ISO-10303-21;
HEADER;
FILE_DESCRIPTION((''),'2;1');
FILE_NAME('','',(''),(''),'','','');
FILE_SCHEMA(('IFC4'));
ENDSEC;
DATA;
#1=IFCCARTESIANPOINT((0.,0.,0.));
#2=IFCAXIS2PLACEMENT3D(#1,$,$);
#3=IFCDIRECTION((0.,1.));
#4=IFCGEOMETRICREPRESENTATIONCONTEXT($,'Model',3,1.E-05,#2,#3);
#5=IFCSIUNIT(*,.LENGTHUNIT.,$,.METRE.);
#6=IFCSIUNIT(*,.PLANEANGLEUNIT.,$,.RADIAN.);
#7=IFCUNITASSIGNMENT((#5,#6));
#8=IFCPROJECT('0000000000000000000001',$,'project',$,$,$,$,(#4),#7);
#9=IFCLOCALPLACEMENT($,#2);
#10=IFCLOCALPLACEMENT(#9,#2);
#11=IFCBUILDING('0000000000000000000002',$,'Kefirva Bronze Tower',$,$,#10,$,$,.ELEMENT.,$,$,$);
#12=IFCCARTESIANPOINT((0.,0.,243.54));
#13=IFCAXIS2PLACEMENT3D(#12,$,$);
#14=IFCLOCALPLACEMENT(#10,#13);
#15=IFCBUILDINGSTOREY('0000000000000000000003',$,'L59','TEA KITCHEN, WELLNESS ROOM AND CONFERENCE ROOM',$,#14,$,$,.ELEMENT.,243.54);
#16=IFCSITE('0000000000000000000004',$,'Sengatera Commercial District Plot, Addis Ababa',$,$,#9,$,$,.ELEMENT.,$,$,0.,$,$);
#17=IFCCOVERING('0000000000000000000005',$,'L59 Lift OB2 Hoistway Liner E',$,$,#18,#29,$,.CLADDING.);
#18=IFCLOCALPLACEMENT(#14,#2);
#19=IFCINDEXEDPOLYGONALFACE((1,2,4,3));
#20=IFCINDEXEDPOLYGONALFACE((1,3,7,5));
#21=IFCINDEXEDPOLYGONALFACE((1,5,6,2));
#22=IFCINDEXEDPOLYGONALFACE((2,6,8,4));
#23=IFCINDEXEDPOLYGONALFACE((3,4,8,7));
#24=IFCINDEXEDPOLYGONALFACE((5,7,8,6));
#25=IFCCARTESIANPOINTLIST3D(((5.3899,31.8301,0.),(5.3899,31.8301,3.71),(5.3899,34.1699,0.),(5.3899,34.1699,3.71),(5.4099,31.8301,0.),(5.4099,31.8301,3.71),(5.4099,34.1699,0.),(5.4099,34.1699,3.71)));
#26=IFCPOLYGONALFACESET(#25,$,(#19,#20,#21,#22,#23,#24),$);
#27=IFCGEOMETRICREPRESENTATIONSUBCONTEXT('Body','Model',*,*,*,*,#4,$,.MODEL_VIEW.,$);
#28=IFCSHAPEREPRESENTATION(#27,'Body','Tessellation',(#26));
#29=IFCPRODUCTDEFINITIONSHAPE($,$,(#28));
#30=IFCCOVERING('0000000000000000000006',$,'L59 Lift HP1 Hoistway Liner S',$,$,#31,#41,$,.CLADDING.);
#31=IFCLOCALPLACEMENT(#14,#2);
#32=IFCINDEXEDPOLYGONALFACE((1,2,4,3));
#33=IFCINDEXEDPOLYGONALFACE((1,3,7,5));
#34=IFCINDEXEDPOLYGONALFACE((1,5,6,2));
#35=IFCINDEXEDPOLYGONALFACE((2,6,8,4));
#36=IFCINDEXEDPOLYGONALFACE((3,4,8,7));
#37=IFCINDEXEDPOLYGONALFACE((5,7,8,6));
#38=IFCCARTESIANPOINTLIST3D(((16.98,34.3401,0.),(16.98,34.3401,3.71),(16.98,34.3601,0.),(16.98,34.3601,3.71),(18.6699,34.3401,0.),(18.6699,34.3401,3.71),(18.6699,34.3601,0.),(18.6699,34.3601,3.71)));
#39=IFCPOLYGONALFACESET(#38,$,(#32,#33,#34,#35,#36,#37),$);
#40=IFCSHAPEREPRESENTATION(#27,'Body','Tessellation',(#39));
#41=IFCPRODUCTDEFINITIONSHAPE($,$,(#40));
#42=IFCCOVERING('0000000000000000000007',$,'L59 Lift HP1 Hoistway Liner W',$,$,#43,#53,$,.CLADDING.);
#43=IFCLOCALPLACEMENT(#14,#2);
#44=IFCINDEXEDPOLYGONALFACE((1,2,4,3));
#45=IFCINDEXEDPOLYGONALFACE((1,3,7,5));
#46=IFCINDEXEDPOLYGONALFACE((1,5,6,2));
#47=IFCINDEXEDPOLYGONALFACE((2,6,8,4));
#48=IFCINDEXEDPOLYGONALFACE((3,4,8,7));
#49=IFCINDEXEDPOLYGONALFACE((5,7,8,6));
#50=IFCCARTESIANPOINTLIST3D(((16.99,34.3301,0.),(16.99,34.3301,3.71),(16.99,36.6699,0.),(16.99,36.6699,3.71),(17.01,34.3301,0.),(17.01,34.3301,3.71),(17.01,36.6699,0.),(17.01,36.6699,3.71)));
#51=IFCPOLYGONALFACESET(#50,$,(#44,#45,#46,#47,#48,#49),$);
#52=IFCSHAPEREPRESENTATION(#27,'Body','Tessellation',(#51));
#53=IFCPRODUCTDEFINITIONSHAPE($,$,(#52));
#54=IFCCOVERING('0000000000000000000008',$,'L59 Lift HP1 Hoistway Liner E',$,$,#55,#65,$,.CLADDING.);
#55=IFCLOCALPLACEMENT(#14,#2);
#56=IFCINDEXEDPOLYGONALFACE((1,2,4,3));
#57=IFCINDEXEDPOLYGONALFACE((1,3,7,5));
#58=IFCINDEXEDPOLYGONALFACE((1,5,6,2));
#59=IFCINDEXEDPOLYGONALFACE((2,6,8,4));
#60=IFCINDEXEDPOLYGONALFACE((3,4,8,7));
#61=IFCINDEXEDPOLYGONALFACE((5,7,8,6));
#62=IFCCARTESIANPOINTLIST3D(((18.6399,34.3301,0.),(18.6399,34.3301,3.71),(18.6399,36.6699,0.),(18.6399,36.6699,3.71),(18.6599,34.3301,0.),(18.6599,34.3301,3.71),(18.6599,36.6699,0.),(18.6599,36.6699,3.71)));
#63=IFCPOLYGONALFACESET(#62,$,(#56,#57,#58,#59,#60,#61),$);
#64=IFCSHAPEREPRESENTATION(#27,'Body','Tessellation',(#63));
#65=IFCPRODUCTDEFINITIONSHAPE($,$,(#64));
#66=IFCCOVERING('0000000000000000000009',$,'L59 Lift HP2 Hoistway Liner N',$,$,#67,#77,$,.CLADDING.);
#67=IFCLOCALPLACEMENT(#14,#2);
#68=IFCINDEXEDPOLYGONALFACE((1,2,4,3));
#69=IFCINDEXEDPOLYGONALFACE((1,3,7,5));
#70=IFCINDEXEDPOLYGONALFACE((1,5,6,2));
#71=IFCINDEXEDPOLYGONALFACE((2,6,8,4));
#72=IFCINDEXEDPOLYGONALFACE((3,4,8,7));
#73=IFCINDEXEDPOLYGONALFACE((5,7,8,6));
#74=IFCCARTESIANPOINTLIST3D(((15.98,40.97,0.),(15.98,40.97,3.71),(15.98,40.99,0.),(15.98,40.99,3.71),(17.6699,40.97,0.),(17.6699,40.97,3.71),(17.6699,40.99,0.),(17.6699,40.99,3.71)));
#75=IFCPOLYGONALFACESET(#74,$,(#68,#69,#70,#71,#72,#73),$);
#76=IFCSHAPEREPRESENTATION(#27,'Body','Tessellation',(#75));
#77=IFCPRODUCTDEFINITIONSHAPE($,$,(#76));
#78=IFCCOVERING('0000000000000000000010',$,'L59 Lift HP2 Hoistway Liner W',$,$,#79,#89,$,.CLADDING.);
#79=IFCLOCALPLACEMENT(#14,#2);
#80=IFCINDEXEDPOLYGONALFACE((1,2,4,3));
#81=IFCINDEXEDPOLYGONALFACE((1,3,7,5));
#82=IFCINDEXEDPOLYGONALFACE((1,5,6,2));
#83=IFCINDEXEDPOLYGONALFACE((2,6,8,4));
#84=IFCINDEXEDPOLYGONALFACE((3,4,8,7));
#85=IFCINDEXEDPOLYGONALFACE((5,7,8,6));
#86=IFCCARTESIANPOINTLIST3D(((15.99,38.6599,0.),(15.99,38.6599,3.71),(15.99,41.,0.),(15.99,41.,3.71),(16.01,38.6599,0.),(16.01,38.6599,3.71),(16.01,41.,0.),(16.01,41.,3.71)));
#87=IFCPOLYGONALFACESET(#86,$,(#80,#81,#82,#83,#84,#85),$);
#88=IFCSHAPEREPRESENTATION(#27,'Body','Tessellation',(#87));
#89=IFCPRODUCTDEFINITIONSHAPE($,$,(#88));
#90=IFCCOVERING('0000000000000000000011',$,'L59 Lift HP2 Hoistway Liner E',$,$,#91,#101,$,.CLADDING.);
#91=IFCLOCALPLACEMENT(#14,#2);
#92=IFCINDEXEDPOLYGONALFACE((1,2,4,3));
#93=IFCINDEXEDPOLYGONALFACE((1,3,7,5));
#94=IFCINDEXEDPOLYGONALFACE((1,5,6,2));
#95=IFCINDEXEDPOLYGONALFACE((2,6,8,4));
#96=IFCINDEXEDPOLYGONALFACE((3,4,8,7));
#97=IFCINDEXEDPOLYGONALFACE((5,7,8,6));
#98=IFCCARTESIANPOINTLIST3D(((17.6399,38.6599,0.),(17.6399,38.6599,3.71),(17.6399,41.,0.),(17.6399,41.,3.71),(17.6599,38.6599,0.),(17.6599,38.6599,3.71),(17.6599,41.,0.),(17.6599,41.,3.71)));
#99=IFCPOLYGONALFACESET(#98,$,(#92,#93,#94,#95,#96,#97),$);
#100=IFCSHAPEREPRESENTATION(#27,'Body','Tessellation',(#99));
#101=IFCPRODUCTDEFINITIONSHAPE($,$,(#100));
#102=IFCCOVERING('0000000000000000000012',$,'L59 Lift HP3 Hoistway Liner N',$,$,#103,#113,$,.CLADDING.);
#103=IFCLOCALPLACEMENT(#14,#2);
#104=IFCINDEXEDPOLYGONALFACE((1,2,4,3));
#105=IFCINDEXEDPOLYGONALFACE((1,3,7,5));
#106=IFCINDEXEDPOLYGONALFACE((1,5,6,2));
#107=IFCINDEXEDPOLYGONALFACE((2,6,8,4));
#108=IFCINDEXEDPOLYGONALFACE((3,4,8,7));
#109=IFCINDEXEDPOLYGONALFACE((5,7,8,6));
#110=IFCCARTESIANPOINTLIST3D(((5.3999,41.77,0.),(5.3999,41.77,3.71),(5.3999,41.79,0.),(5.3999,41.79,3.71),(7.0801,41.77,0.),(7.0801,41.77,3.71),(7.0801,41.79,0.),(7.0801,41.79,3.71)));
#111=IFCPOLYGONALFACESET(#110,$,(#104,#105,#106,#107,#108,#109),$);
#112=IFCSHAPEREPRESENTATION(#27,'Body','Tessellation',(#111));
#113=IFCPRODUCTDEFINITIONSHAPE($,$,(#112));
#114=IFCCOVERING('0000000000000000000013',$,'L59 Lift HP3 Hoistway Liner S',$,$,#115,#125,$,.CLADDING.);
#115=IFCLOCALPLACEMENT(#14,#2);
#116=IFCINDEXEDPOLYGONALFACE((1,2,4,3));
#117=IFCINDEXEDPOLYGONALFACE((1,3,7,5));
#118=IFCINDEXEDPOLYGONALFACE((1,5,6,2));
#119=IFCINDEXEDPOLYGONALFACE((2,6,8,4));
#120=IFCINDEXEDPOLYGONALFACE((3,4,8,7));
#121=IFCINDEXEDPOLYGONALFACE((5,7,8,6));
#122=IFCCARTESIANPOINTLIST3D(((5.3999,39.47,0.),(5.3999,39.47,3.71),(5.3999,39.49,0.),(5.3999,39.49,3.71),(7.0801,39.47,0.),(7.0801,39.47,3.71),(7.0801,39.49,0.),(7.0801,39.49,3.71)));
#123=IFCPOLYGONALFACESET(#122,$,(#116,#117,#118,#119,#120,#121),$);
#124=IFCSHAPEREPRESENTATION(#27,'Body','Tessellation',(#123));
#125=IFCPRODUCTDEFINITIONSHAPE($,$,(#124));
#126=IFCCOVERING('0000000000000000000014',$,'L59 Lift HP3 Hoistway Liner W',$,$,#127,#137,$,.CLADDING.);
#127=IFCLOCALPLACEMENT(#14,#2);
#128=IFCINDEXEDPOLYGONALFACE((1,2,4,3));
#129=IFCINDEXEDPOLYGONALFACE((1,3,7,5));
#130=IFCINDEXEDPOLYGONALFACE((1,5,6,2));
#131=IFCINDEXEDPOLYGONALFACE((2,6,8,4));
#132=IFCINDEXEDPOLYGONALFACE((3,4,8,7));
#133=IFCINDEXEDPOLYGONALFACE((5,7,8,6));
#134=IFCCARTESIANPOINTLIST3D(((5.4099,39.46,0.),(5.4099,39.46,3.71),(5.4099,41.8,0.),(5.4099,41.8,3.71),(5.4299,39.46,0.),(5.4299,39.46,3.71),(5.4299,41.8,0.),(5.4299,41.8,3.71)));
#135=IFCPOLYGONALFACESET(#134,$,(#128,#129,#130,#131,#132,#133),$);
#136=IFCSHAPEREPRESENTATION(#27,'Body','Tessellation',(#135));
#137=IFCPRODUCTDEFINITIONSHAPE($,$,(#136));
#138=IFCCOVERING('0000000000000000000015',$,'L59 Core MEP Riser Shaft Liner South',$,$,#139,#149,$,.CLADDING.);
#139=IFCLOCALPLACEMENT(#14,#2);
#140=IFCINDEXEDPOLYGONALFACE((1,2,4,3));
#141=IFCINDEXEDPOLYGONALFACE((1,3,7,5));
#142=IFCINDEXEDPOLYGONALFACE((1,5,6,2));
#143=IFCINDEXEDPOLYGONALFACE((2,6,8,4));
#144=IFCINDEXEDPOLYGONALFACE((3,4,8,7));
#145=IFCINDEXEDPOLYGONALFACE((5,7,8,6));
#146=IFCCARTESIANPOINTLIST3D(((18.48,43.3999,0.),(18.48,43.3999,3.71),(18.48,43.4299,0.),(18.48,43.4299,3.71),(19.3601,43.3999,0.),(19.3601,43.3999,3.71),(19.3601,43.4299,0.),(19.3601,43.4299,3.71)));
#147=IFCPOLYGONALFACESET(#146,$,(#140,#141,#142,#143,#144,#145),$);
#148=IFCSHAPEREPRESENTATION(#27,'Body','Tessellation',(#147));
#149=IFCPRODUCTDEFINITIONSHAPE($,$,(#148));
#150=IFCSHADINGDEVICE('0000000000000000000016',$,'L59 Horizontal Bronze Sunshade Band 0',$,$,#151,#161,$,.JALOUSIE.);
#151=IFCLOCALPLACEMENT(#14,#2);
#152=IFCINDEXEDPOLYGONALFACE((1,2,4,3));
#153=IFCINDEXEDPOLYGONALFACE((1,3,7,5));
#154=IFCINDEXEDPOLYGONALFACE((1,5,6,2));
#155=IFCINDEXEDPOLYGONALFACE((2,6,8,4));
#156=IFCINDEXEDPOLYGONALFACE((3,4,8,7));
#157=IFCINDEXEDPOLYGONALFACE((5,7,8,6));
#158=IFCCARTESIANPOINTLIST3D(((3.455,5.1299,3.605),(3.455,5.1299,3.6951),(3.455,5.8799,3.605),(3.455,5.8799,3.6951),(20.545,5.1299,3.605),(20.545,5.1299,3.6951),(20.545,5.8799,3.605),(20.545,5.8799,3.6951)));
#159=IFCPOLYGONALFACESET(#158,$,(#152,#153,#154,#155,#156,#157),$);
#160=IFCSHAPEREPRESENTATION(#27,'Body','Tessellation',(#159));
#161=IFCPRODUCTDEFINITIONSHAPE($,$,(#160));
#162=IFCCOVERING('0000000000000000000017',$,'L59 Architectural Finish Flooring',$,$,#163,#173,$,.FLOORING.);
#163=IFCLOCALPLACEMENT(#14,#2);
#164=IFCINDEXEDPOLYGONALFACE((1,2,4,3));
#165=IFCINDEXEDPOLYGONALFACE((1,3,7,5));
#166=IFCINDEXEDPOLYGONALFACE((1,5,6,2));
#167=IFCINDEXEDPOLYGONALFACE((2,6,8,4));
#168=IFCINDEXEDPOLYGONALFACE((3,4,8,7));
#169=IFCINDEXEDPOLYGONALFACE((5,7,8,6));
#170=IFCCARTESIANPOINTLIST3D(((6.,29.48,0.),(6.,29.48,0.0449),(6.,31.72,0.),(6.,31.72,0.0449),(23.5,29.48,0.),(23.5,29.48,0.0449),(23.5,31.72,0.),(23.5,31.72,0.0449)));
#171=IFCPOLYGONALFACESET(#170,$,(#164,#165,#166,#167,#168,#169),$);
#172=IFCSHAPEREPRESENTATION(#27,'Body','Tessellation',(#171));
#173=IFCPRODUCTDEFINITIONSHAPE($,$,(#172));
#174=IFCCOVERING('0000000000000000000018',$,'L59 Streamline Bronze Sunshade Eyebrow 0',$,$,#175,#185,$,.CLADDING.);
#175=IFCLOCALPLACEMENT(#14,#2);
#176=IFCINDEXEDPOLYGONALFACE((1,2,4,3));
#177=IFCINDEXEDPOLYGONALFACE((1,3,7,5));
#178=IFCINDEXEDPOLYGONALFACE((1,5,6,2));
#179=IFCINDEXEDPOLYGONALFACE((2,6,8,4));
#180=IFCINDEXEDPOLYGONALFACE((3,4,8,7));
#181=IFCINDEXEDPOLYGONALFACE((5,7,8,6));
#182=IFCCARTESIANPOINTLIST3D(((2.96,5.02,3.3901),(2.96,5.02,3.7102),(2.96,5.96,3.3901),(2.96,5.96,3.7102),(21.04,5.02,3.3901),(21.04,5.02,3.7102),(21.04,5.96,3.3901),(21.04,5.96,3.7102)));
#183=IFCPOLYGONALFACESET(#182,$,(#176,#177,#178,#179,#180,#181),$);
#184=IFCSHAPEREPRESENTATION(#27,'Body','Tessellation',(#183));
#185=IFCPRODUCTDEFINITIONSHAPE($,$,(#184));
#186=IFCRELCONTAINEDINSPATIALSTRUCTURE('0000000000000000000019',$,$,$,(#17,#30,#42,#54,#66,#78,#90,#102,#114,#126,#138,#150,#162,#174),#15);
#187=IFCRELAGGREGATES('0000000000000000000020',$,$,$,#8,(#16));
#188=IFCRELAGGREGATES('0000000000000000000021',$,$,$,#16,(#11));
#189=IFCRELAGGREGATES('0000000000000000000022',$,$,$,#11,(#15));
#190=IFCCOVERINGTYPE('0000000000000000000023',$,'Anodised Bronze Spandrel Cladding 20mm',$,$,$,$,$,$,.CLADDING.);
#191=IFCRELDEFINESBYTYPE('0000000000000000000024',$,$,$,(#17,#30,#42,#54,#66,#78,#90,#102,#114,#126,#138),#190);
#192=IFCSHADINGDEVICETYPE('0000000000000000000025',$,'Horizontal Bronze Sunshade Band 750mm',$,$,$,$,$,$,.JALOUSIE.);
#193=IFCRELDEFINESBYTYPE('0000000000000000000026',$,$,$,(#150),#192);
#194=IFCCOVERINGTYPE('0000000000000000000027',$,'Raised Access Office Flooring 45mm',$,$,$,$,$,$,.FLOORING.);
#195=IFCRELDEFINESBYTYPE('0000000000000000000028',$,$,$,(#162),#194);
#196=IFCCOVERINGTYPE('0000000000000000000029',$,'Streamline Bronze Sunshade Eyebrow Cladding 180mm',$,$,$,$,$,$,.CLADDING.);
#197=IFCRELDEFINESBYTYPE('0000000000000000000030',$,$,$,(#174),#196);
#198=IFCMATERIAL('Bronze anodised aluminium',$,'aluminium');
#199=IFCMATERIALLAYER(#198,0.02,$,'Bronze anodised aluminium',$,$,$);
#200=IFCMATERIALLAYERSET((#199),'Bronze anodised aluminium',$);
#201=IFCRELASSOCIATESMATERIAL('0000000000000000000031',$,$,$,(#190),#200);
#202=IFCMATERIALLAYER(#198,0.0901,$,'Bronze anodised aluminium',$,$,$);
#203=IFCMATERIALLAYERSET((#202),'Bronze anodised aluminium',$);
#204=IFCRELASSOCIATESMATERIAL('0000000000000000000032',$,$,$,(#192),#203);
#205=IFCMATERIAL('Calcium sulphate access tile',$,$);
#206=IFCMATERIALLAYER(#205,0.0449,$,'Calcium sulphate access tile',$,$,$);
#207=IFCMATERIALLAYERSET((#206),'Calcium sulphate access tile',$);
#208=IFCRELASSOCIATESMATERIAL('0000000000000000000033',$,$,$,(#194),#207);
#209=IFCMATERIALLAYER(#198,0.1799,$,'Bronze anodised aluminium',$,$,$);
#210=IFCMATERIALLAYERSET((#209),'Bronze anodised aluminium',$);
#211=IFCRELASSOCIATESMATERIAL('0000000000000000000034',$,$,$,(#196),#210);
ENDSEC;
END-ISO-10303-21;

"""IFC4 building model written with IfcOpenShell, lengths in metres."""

from ifc_helpers import new_model, si_unit, direction, frame, origin, origin_2d, place, context, subcontext, project, spatial, polyline, rectangle, outline, extrude, material, layer, layer_set, type_object, element, save


model = new_model("IFC4")

# Units and contexts
model_context = context("Model", 3, precision=1e-05, world=origin(), true_north=direction((0.0, 1.0)))
body_context = subcontext(model_context, "Body", "Model", "MODEL_VIEW")
ifc_project = project(units=[si_unit("LENGTHUNIT", "METRE"), si_unit("PLANEANGLEUNIT", "RADIAN")], contexts=[model_context])

# Site, building, storey
site_placement = place(None, origin())
site = spatial("IfcSite", under=ifc_project, at=site_placement, Name="Sengatera Commercial District Plot, Addis Ababa", CompositionType="ELEMENT", RefElevation=0.0)
building_placement = place(site_placement, origin())
building = spatial("IfcBuilding", under=site, at=building_placement, Name="Kefirva Bronze Tower", CompositionType="ELEMENT")
storey_placement = place(building_placement, frame((0.0, 0.0, 243.54)))
storey = spatial("IfcBuildingStorey", under=building, at=storey_placement, Name="L59", Description="TEA KITCHEN, WELLNESS ROOM AND CONFERENCE ROOM", CompositionType="ELEMENT", Elevation=243.54)

# Shared definitions
ifc_material_1 = material(Name="Bronze anodised aluminium", Category="aluminium")

# Coverings
ifc_layer_1 = layer(ifc_material_1, 0.02, Name="Bronze anodised aluminium")
ifc_layer_set_1 = layer_set([ifc_layer_1], Name="Bronze anodised aluminium")
covering_type_1 = type_object("IfcCoveringType", Name="Anodised Bronze Spandrel Cladding 20mm", PredefinedType="CLADDING", material=ifc_layer_set_1)
covering_1_placement = place(storey_placement, origin())
element("IfcCovering", 1, at=covering_1_placement, inside=storey, type_object=covering_type_1, Name="L59 Lift OB2 Hoistway Liner E", PredefinedType="CLADDING", context=body_context, shape_type="SweptSolid", body=[
    extrude(outline(polyline([(5.3899, 31.8301), (5.4099, 31.8301), (5.4099, 34.1699), (5.3899, 34.1699), (5.3899, 31.8301)])), origin(), (0.0, 0.0, 1.0), 3.71),
])
covering_2_placement = place(storey_placement, origin())
element("IfcCovering", 2, at=covering_2_placement, inside=storey, type_object=covering_type_1, Name="L59 Lift HP1 Hoistway Liner S", PredefinedType="CLADDING", context=body_context, shape_type="SweptSolid", body=[
    extrude(outline(polyline([(16.98, 34.3401), (18.6699, 34.3401), (18.6699, 34.3601), (16.98, 34.3601), (16.98, 34.3401)])), origin(), (0.0, 0.0, 1.0), 3.71),
])
covering_3_placement = place(storey_placement, origin())
element("IfcCovering", 3, at=covering_3_placement, inside=storey, type_object=covering_type_1, Name="L59 Lift HP1 Hoistway Liner W", PredefinedType="CLADDING", context=body_context, shape_type="SweptSolid", body=[
    extrude(outline(polyline([(16.99, 34.3301), (17.01, 34.3301), (17.01, 36.6699), (16.99, 36.6699), (16.99, 34.3301)])), origin(), (0.0, 0.0, 1.0), 3.71),
])
covering_4_placement = place(storey_placement, origin())
element("IfcCovering", 4, at=covering_4_placement, inside=storey, type_object=covering_type_1, Name="L59 Lift HP1 Hoistway Liner E", PredefinedType="CLADDING", context=body_context, shape_type="SweptSolid", body=[
    extrude(outline(polyline([(18.6399, 34.3301), (18.6599, 34.3301), (18.6599, 36.6699), (18.6399, 36.6699), (18.6399, 34.3301)])), origin(), (0.0, 0.0, 1.0), 3.71),
])
covering_5_placement = place(storey_placement, origin())
element("IfcCovering", 5, at=covering_5_placement, inside=storey, type_object=covering_type_1, Name="L59 Lift HP2 Hoistway Liner N", PredefinedType="CLADDING", context=body_context, shape_type="SweptSolid", body=[
    extrude(outline(polyline([(15.98, 40.97), (17.6699, 40.97), (17.6699, 40.99), (15.98, 40.99), (15.98, 40.97)])), origin(), (0.0, 0.0, 1.0), 3.71),
])
covering_6_placement = place(storey_placement, origin())
element("IfcCovering", 6, at=covering_6_placement, inside=storey, type_object=covering_type_1, Name="L59 Lift HP2 Hoistway Liner W", PredefinedType="CLADDING", context=body_context, shape_type="SweptSolid", body=[
    extrude(outline(polyline([(15.99, 38.6599), (16.01, 38.6599), (16.01, 41.0), (15.99, 41.0), (15.99, 38.6599)])), origin(), (0.0, 0.0, 1.0), 3.71),
])
covering_7_placement = place(storey_placement, origin())
element("IfcCovering", 7, at=covering_7_placement, inside=storey, type_object=covering_type_1, Name="L59 Lift HP2 Hoistway Liner E", PredefinedType="CLADDING", context=body_context, shape_type="SweptSolid", body=[
    extrude(outline(polyline([(17.6399, 38.6599), (17.6599, 38.6599), (17.6599, 41.0), (17.6399, 41.0), (17.6399, 38.6599)])), origin(), (0.0, 0.0, 1.0), 3.71),
])
covering_8_placement = place(storey_placement, origin())
element("IfcCovering", 8, at=covering_8_placement, inside=storey, type_object=covering_type_1, Name="L59 Lift HP3 Hoistway Liner N", PredefinedType="CLADDING", context=body_context, shape_type="SweptSolid", body=[
    extrude(outline(polyline([(5.3999, 41.77), (7.0801, 41.77), (7.0801, 41.79), (5.3999, 41.79), (5.3999, 41.77)])), origin(), (0.0, 0.0, 1.0), 3.71),
])
covering_9_placement = place(storey_placement, origin())
element("IfcCovering", 9, at=covering_9_placement, inside=storey, type_object=covering_type_1, Name="L59 Lift HP3 Hoistway Liner S", PredefinedType="CLADDING", context=body_context, shape_type="SweptSolid", body=[
    extrude(outline(polyline([(5.3999, 39.47), (7.0801, 39.47), (7.0801, 39.49), (5.3999, 39.49), (5.3999, 39.47)])), origin(), (0.0, 0.0, 1.0), 3.71),
])
covering_10_placement = place(storey_placement, origin())
element("IfcCovering", 10, at=covering_10_placement, inside=storey, type_object=covering_type_1, Name="L59 Lift HP3 Hoistway Liner W", PredefinedType="CLADDING", context=body_context, shape_type="SweptSolid", body=[
    extrude(outline(polyline([(5.4099, 39.46), (5.4299, 39.46), (5.4299, 41.8), (5.4099, 41.8), (5.4099, 39.46)])), origin(), (0.0, 0.0, 1.0), 3.71),
])
covering_11_placement = place(storey_placement, origin())
element("IfcCovering", 11, at=covering_11_placement, inside=storey, type_object=covering_type_1, Name="L59 Core MEP Riser Shaft Liner South", PredefinedType="CLADDING", context=body_context, shape_type="SweptSolid", body=[
    extrude(outline(polyline([(18.48, 43.3999), (19.3601, 43.3999), (19.3601, 43.4299), (18.48, 43.4299), (18.48, 43.3999)])), origin(), (0.0, 0.0, 1.0), 3.71),
])

# Shading device
ifc_layer_2 = layer(ifc_material_1, 0.0901, Name="Bronze anodised aluminium")
ifc_layer_set_2 = layer_set([ifc_layer_2], Name="Bronze anodised aluminium")
shading_device_type = type_object("IfcShadingDeviceType", Name="Horizontal Bronze Sunshade Band 750mm", PredefinedType="JALOUSIE", material=ifc_layer_set_2)
shading_device_placement = place(storey_placement, frame((12.0, 5.5049, 3.605), z_axis=(0.0, 0.0, 1.0), x_axis=(1.0, 0.0, 0.0)))
element("IfcShadingDevice", 12, at=shading_device_placement, inside=storey, type_object=shading_device_type, Name="L59 Horizontal Bronze Sunshade Band 0", PredefinedType="JALOUSIE", context=body_context, shape_type="SweptSolid", body=[
    extrude(rectangle(XDim=17.0901, YDim=0.75, at=origin_2d()), origin(), (0.0, 0.0, 1.0), 0.0901),
])

# Coverings
ifc_material_2 = material(Name="Calcium sulphate access tile")
ifc_layer_3 = layer(ifc_material_2, 0.0449, Name="Calcium sulphate access tile")
ifc_layer_set_3 = layer_set([ifc_layer_3], Name="Calcium sulphate access tile")
covering_type_2 = type_object("IfcCoveringType", Name="Raised Access Office Flooring 45mm", PredefinedType="FLOORING", material=ifc_layer_set_3)
covering_12_placement = place(storey_placement, origin())
element("IfcCovering", 13, at=covering_12_placement, inside=storey, type_object=covering_type_2, Name="L59 Architectural Finish Flooring", PredefinedType="FLOORING", context=body_context, shape_type="SweptSolid", body=[
    extrude(outline(polyline([(6.0, 29.48), (23.5, 29.48), (23.5, 31.72), (6.0, 31.72), (6.0, 29.48)])), origin(), (0.0, 0.0, 1.0), 0.0449),
])
ifc_layer_4 = layer(ifc_material_1, 0.1799, Name="Bronze anodised aluminium")
ifc_layer_set_4 = layer_set([ifc_layer_4], Name="Bronze anodised aluminium")
covering_type_3 = type_object("IfcCoveringType", Name="Streamline Bronze Sunshade Eyebrow Cladding 180mm", PredefinedType="CLADDING", material=ifc_layer_set_4)
covering_13_placement = place(storey_placement, frame((12.0, 5.49, 3.3901), z_axis=(0.0, 0.0, 1.0), x_axis=(1.0, 0.0, 0.0)))
element("IfcCovering", 14, at=covering_13_placement, inside=storey, type_object=covering_type_3, Name="L59 Streamline Bronze Sunshade Eyebrow 0", PredefinedType="CLADDING", context=body_context, shape_type="SweptSolid", body=[
    extrude(rectangle(XDim=18.0801, YDim=0.9399, at=origin_2d()), origin(), (0.0, 0.0, 1.0), 0.3201),
])

save(model, "model.ifc")
